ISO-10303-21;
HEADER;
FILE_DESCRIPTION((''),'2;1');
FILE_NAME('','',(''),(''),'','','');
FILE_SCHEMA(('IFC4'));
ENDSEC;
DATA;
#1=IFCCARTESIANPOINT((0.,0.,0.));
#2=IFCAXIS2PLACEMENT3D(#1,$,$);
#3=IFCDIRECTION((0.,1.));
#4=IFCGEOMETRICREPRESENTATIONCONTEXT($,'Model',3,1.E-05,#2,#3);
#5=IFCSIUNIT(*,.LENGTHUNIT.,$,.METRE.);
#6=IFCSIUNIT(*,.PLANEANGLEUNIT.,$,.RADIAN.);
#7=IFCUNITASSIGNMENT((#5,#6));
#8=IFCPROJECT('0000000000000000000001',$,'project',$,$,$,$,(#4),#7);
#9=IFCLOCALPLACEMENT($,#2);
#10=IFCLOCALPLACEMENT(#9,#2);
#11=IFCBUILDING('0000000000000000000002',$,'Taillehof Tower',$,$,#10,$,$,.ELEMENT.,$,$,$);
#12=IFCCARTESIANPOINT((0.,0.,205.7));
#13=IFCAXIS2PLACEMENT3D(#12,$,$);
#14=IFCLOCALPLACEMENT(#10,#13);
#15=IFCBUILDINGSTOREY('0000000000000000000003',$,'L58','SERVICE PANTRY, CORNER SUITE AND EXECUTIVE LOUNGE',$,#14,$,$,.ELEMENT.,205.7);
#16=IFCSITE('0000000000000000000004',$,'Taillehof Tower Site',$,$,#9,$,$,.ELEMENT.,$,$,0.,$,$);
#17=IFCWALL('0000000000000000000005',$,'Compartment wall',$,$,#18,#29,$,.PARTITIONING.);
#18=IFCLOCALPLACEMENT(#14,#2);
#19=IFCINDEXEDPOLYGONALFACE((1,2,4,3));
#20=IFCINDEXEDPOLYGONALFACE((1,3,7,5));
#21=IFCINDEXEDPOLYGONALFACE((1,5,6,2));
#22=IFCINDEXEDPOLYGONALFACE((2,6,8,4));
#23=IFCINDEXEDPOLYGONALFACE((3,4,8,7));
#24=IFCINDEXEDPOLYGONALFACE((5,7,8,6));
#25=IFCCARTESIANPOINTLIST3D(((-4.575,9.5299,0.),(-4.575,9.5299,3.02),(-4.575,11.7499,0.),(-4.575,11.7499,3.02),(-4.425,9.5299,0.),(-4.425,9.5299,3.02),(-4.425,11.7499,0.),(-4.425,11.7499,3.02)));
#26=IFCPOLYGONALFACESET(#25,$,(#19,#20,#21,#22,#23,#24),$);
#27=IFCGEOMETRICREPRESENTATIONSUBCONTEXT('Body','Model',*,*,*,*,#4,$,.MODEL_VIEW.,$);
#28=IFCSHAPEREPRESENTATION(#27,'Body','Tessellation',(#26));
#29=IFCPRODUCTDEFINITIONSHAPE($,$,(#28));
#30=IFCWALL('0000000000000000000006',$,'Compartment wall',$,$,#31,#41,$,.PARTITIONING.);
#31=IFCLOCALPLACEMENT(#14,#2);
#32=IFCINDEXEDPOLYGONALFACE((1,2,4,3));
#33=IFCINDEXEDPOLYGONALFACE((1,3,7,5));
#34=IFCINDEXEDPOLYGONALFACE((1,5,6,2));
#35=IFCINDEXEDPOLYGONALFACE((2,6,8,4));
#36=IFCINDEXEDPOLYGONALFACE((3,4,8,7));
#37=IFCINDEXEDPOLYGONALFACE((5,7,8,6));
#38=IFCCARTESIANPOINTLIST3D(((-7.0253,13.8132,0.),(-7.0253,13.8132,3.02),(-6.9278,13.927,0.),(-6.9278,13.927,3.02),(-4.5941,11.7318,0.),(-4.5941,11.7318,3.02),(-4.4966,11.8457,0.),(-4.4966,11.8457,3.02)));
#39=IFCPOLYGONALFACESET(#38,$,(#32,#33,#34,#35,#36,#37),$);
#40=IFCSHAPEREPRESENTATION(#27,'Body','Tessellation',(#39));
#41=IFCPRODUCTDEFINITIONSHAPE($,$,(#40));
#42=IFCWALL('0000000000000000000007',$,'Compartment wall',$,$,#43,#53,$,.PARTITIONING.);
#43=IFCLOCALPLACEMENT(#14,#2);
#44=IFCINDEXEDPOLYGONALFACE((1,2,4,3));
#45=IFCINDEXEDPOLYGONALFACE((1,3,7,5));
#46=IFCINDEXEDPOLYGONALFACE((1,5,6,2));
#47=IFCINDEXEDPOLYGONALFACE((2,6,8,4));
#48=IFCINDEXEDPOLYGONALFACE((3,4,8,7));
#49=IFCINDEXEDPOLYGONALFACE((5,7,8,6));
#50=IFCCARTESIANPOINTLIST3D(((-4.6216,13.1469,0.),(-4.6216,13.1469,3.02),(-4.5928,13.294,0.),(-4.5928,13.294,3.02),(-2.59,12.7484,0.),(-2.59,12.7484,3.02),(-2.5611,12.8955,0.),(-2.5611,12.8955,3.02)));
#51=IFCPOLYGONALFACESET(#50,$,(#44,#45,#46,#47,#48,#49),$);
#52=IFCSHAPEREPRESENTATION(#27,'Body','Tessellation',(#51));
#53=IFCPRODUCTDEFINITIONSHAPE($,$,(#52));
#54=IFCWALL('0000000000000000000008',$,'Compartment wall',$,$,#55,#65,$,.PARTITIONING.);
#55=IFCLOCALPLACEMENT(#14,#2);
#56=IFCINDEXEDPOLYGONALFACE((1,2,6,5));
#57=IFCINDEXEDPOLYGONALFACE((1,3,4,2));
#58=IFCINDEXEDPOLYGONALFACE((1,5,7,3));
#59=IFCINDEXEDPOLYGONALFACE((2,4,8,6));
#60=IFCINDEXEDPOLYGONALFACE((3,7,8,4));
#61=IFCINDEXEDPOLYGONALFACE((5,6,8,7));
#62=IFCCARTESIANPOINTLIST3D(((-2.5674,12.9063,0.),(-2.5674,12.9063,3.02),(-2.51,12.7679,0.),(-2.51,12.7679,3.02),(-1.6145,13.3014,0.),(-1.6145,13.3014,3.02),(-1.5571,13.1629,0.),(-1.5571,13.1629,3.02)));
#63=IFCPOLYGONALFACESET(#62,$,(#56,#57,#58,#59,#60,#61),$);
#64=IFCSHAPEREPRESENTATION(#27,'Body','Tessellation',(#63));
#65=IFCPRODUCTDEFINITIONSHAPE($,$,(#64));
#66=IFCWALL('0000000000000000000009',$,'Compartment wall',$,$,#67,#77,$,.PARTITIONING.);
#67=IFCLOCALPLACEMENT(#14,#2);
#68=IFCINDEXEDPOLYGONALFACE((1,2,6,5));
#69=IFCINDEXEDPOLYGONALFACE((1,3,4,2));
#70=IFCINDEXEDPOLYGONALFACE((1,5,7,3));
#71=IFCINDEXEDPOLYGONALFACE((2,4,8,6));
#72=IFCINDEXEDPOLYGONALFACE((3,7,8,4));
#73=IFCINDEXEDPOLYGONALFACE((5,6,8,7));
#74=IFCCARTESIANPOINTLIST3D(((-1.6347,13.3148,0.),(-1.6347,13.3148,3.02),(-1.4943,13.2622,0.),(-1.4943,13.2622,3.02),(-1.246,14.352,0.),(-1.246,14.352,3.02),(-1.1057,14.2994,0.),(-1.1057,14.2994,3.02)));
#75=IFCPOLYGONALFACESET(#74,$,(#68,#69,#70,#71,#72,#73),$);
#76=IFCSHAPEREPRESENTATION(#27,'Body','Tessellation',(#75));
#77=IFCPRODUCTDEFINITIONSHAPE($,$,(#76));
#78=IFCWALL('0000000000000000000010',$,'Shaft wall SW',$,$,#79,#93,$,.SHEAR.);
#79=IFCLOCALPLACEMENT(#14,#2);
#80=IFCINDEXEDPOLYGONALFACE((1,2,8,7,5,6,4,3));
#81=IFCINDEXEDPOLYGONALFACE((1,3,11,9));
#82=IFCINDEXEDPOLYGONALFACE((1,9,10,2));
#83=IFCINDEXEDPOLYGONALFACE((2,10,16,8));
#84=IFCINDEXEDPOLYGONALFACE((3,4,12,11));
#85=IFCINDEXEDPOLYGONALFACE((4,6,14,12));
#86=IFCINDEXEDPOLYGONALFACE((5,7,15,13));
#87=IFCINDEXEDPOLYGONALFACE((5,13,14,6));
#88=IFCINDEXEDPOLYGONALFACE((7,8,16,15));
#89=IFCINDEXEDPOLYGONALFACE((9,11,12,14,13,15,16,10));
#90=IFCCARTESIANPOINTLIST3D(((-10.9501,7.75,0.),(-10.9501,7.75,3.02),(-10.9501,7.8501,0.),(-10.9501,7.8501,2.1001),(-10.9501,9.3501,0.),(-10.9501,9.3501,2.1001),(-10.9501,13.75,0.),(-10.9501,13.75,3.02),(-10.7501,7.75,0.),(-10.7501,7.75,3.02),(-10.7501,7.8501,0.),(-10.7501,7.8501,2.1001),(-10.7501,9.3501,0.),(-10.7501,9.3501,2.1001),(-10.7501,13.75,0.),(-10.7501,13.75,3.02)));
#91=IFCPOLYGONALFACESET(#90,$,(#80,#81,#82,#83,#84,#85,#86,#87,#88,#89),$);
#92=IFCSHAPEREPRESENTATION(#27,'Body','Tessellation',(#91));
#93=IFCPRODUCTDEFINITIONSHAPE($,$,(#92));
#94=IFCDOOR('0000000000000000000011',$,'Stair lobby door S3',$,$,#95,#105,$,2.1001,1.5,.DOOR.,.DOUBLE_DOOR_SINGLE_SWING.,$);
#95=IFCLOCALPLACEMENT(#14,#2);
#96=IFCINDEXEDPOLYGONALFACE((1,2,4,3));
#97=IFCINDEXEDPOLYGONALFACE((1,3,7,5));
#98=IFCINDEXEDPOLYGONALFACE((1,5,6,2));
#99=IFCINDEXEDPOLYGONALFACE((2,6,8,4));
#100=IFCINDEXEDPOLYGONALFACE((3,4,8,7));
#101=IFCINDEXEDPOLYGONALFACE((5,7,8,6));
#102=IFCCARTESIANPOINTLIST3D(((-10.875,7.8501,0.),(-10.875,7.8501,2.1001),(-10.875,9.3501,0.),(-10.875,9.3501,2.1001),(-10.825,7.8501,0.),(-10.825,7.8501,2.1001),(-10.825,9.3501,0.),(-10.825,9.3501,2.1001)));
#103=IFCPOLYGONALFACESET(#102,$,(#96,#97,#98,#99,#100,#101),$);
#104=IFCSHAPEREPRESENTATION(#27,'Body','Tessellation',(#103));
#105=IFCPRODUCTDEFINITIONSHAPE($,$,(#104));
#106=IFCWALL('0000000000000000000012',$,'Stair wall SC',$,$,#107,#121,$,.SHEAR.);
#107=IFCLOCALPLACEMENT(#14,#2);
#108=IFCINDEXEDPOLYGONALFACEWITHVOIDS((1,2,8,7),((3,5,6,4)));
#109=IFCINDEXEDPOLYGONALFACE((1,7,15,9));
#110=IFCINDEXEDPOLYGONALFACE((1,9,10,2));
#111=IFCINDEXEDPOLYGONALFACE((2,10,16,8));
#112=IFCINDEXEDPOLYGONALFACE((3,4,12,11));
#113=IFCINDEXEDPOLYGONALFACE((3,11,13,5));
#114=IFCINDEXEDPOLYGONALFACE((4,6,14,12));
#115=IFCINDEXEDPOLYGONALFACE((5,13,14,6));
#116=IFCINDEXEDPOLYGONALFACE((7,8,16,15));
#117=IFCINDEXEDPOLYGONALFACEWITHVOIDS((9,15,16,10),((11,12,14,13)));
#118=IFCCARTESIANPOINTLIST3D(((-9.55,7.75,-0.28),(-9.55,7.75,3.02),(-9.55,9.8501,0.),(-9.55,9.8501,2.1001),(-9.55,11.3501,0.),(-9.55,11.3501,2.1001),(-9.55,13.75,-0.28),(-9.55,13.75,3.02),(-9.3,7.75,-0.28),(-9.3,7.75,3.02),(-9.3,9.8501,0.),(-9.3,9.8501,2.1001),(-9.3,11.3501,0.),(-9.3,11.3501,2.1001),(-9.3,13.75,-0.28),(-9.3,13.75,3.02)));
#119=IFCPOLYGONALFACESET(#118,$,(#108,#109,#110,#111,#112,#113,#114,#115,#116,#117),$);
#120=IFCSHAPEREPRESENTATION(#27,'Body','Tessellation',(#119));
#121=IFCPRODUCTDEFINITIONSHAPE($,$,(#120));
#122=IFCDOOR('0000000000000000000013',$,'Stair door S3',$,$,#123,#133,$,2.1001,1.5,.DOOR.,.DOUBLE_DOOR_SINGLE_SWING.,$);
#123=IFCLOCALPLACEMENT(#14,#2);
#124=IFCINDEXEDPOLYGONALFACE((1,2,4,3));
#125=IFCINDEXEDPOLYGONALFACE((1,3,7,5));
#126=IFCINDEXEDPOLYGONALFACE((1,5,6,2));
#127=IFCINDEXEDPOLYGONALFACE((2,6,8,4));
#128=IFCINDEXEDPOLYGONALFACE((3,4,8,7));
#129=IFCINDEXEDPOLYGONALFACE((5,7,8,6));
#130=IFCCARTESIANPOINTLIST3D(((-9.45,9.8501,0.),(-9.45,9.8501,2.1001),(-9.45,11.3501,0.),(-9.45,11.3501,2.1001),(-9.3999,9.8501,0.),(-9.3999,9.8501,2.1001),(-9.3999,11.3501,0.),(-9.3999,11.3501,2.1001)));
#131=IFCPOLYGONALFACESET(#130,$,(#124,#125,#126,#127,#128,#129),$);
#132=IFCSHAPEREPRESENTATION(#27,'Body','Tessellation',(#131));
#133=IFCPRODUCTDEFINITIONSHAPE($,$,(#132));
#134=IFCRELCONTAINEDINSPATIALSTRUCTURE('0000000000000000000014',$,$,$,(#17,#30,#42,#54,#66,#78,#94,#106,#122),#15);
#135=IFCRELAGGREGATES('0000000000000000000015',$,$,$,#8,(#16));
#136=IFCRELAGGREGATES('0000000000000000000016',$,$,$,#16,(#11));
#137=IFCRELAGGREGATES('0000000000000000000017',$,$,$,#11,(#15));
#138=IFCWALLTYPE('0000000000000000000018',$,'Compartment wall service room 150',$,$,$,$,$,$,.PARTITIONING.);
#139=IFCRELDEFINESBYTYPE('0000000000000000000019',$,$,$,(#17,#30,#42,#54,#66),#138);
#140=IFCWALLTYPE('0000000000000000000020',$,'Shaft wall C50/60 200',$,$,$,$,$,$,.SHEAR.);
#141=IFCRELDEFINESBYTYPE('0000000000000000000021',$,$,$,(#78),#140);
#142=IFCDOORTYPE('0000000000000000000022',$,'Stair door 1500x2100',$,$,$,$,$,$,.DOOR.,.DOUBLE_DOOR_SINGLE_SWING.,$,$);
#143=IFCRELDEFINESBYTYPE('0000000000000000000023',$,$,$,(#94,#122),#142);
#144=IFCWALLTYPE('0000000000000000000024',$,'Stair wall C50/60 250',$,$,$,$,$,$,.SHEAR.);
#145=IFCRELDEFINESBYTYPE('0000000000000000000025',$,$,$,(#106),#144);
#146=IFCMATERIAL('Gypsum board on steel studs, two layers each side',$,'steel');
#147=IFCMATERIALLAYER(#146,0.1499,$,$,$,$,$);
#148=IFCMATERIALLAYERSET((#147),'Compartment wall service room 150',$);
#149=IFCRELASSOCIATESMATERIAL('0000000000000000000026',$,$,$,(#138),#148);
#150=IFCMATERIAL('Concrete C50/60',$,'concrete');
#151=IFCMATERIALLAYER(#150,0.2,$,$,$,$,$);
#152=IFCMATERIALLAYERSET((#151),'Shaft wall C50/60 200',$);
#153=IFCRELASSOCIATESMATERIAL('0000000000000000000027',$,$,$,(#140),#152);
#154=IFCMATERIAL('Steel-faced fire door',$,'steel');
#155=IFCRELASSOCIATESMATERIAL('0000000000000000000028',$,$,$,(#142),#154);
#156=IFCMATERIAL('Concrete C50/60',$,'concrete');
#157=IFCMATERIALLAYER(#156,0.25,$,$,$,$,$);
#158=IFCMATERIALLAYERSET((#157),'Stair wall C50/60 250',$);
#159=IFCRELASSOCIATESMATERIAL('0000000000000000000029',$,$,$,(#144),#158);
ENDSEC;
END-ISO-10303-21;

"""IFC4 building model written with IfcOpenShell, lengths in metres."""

from ifc_helpers import new_model, si_unit, direction, frame, frame_2d, origin, place, context, subcontext, project, spatial, rectangle, extrude, material, layer, layer_set, type_object, element, fill, save


model = new_model("IFC4")

# Units and contexts
model_context = context("Model", 3, precision=1e-05, world=origin(), true_north=direction((0.0, 1.0)))
body_context = subcontext(model_context, "Body", "Model", "MODEL_VIEW")
ifc_project = project(units=[si_unit("LENGTHUNIT", "METRE"), si_unit("PLANEANGLEUNIT", "RADIAN")], contexts=[model_context])

# Site, building, storey
site_placement = place(None, origin())
site = spatial("IfcSite", under=ifc_project, at=site_placement, Name="Taillehof Tower Site", CompositionType="ELEMENT", RefElevation=0.0)
building_placement = place(site_placement, origin())
building = spatial("IfcBuilding", under=site, at=building_placement, Name="Taillehof Tower", CompositionType="ELEMENT")
storey_placement = place(building_placement, frame((0.0, 0.0, 205.7)))
storey = spatial("IfcBuildingStorey", under=building, at=storey_placement, Name="L58", Description="SERVICE PANTRY, CORNER SUITE AND EXECUTIVE LOUNGE", CompositionType="ELEMENT", Elevation=205.7)

# Walls
ifc_material_1 = material(Name="Gypsum board on steel studs, two layers each side", Category="steel")
ifc_layer_1 = layer(ifc_material_1, 0.1499)
ifc_layer_set_1 = layer_set([ifc_layer_1], Name="Compartment wall service room 150")
wall_type_1 = type_object("IfcWallType", Name="Compartment wall service room 150", PredefinedType="PARTITIONING", material=ifc_layer_set_1)
wall_1_placement = place(storey_placement, frame((-4.5, 9.53, 0.0), z_axis=(0.0, 0.0, 1.0), x_axis=(0.0, 1.0, 0.0)))
element("IfcWall", 1, at=wall_1_placement, inside=storey, type_object=wall_type_1, Name="Compartment wall", PredefinedType="PARTITIONING", context=body_context, shape_type="SweptSolid", body=[
    extrude(rectangle(XDim=2.22, YDim=0.1499, at=frame_2d((1.1099, 0.0))), origin(), (0.0, 0.0, 1.0), 3.02),
])
wall_2_placement = place(storey_placement, frame((-4.5454, 11.7888, 0.0), z_axis=(0.0, 0.0, 1.0), x_axis=(-0.75965, 0.650333, 0.0)))
element("IfcWall", 2, at=wall_2_placement, inside=storey, type_object=wall_type_1, Name="Compartment wall", PredefinedType="PARTITIONING", context=body_context, shape_type="SweptSolid", body=[
    extrude(rectangle(XDim=3.2004, YDim=0.1499, at=frame_2d((1.6001, 0.0))), origin(), (0.0, 0.0, 1.0), 3.02),
])
wall_3_placement = place(storey_placement, frame((-4.6072, 13.2205, 0.0), z_axis=(0.0, 0.0, 1.0), x_axis=(0.981304, -0.192463, 0.0)))
element("IfcWall", 3, at=wall_3_placement, inside=storey, type_object=wall_type_1, Name="Compartment wall", PredefinedType="PARTITIONING", context=body_context, shape_type="SweptSolid", body=[
    extrude(rectangle(XDim=2.0703, YDim=0.1499, at=frame_2d((1.0352, 0.0))), origin(), (0.0, 0.0, 1.0), 3.02),
])
wall_4_placement = place(storey_placement, frame((-2.5386, 12.8372, 0.0), z_axis=(0.0, 0.0, 1.0), x_axis=(0.923769, 0.382951, 0.0)))
element("IfcWall", 4, at=wall_4_placement, inside=storey, type_object=wall_type_1, Name="Compartment wall", PredefinedType="PARTITIONING", context=body_context, shape_type="SweptSolid", body=[
    extrude(rectangle(XDim=1.0315, YDim=0.1499, at=frame_2d((0.5156, 0.0))), origin(), (0.0, 0.0, 1.0), 3.02),
])
wall_5_placement = place(storey_placement, frame((-1.5645, 13.2886, 0.0), z_axis=(0.0, 0.0, 1.0), x_axis=(0.350858, 0.936429, 0.0)))
element("IfcWall", 5, at=wall_5_placement, inside=storey, type_object=wall_type_1, Name="Compartment wall", PredefinedType="PARTITIONING", context=body_context, shape_type="SweptSolid", body=[
    extrude(rectangle(XDim=1.1077, YDim=0.1499, at=frame_2d((0.5537, 0.0))), origin(), (0.0, 0.0, 1.0), 3.02),
])

# Walls, openings, doors
ifc_material_2 = material(Name="Concrete C50/60", Category="concrete")
ifc_layer_2 = layer(ifc_material_2, 0.2)
ifc_layer_set_2 = layer_set([ifc_layer_2], Name="Shaft wall C50/60 200")
wall_type_2 = type_object("IfcWallType", Name="Shaft wall C50/60 200", PredefinedType="SHEAR", material=ifc_layer_set_2)
wall_6_placement = place(storey_placement, frame((-10.8501, 7.75, 0.0), z_axis=(0.0, 0.0, 1.0), x_axis=(0.0, 1.0, 0.0)))
wall_6 = element("IfcWall", 6, at=wall_6_placement, inside=storey, type_object=wall_type_2, Name="Shaft wall SW", PredefinedType="SHEAR", context=body_context, shape_type="SweptSolid", body=[
    extrude(rectangle(XDim=6.0, YDim=0.2, at=frame_2d((3.0, 0.0))), origin(), (0.0, 0.0, 1.0), 3.02),
])
opening_1_placement = place(wall_6_placement, frame((0.1001, 0.0, 0.0)))
opening_1 = element("IfcOpeningElement", 7, at=opening_1_placement, cuts=wall_6, PredefinedType="OPENING", context=body_context, shape_type="SweptSolid", body=[
    extrude(rectangle(XDim=1.5, YDim=2.1001, at=frame_2d((0.75, 1.05))), frame((0.0, 0.1099, 0.0), z_axis=(0.0, -1.0, 0.0), x_axis=(1.0, 0.0, 0.0)), (0.0, 0.0, 1.0), 0.22),
])
ifc_material_3 = material(Name="Steel-faced fire door", Category="steel")
door_type = type_object("IfcDoorType", Name="Stair door 1500x2100", OperationType="DOUBLE_DOOR_SINGLE_SWING", PredefinedType="DOOR", material=ifc_material_3)
door_1_placement = place(opening_1_placement, origin())
door_1 = element("IfcDoor", 8, at=door_1_placement, inside=storey, type_object=door_type, Name="Stair lobby door S3", OperationType="DOUBLE_DOOR_SINGLE_SWING", OverallHeight=2.1001, OverallWidth=1.5, PredefinedType="DOOR", context=body_context, shape_type="SweptSolid", body=[
    extrude(rectangle(XDim=1.5, YDim=2.1001, at=frame_2d((0.75, 1.05))), frame((0.0, 0.0249, 0.0), z_axis=(0.0, -1.0, 0.0), x_axis=(1.0, 0.0, 0.0)), (0.0, 0.0, 1.0), 0.05),
])
fill(opening_1, door_1)
ifc_material_4 = material(Name="Concrete C50/60", Category="concrete")
ifc_layer_3 = layer(ifc_material_4, 0.25)
ifc_layer_set_3 = layer_set([ifc_layer_3], Name="Stair wall C50/60 250")
wall_type_3 = type_object("IfcWallType", Name="Stair wall C50/60 250", PredefinedType="SHEAR", material=ifc_layer_set_3)
wall_7_placement = place(storey_placement, frame((-9.425, 7.75, -0.28), z_axis=(0.0, 0.0, 1.0), x_axis=(0.0, 1.0, 0.0)))
wall_7 = element("IfcWall", 9, at=wall_7_placement, inside=storey, type_object=wall_type_3, Name="Stair wall SC", PredefinedType="SHEAR", context=body_context, shape_type="SweptSolid", body=[
    extrude(rectangle(XDim=6.0, YDim=0.25, at=frame_2d((3.0, 0.0))), origin(), (0.0, 0.0, 1.0), 3.3),
])
opening_2_placement = place(wall_7_placement, frame((2.1001, 0.0, 0.28)))
opening_2 = element("IfcOpeningElement", 10, at=opening_2_placement, cuts=wall_7, PredefinedType="OPENING", context=body_context, shape_type="SweptSolid", body=[
    extrude(rectangle(XDim=1.5, YDim=2.1001, at=frame_2d((0.75, 1.05))), frame((0.0, 0.135, 0.0), z_axis=(0.0, -1.0, 0.0), x_axis=(1.0, 0.0, 0.0)), (0.0, 0.0, 1.0), 0.27),
])
door_2_placement = place(opening_2_placement, origin())
door_2 = element("IfcDoor", 11, at=door_2_placement, inside=storey, type_object=door_type, Name="Stair door S3", OperationType="DOUBLE_DOOR_SINGLE_SWING", OverallHeight=2.1001, OverallWidth=1.5, PredefinedType="DOOR", context=body_context, shape_type="SweptSolid", body=[
    extrude(rectangle(XDim=1.5, YDim=2.1001, at=frame_2d((0.75, 1.05))), frame((0.0, 0.0249, 0.0), z_axis=(0.0, -1.0, 0.0), x_axis=(1.0, 0.0, 0.0)), (0.0, 0.0, 1.0), 0.05),
])
fill(opening_2, door_2)

save(model, "model.ifc")
